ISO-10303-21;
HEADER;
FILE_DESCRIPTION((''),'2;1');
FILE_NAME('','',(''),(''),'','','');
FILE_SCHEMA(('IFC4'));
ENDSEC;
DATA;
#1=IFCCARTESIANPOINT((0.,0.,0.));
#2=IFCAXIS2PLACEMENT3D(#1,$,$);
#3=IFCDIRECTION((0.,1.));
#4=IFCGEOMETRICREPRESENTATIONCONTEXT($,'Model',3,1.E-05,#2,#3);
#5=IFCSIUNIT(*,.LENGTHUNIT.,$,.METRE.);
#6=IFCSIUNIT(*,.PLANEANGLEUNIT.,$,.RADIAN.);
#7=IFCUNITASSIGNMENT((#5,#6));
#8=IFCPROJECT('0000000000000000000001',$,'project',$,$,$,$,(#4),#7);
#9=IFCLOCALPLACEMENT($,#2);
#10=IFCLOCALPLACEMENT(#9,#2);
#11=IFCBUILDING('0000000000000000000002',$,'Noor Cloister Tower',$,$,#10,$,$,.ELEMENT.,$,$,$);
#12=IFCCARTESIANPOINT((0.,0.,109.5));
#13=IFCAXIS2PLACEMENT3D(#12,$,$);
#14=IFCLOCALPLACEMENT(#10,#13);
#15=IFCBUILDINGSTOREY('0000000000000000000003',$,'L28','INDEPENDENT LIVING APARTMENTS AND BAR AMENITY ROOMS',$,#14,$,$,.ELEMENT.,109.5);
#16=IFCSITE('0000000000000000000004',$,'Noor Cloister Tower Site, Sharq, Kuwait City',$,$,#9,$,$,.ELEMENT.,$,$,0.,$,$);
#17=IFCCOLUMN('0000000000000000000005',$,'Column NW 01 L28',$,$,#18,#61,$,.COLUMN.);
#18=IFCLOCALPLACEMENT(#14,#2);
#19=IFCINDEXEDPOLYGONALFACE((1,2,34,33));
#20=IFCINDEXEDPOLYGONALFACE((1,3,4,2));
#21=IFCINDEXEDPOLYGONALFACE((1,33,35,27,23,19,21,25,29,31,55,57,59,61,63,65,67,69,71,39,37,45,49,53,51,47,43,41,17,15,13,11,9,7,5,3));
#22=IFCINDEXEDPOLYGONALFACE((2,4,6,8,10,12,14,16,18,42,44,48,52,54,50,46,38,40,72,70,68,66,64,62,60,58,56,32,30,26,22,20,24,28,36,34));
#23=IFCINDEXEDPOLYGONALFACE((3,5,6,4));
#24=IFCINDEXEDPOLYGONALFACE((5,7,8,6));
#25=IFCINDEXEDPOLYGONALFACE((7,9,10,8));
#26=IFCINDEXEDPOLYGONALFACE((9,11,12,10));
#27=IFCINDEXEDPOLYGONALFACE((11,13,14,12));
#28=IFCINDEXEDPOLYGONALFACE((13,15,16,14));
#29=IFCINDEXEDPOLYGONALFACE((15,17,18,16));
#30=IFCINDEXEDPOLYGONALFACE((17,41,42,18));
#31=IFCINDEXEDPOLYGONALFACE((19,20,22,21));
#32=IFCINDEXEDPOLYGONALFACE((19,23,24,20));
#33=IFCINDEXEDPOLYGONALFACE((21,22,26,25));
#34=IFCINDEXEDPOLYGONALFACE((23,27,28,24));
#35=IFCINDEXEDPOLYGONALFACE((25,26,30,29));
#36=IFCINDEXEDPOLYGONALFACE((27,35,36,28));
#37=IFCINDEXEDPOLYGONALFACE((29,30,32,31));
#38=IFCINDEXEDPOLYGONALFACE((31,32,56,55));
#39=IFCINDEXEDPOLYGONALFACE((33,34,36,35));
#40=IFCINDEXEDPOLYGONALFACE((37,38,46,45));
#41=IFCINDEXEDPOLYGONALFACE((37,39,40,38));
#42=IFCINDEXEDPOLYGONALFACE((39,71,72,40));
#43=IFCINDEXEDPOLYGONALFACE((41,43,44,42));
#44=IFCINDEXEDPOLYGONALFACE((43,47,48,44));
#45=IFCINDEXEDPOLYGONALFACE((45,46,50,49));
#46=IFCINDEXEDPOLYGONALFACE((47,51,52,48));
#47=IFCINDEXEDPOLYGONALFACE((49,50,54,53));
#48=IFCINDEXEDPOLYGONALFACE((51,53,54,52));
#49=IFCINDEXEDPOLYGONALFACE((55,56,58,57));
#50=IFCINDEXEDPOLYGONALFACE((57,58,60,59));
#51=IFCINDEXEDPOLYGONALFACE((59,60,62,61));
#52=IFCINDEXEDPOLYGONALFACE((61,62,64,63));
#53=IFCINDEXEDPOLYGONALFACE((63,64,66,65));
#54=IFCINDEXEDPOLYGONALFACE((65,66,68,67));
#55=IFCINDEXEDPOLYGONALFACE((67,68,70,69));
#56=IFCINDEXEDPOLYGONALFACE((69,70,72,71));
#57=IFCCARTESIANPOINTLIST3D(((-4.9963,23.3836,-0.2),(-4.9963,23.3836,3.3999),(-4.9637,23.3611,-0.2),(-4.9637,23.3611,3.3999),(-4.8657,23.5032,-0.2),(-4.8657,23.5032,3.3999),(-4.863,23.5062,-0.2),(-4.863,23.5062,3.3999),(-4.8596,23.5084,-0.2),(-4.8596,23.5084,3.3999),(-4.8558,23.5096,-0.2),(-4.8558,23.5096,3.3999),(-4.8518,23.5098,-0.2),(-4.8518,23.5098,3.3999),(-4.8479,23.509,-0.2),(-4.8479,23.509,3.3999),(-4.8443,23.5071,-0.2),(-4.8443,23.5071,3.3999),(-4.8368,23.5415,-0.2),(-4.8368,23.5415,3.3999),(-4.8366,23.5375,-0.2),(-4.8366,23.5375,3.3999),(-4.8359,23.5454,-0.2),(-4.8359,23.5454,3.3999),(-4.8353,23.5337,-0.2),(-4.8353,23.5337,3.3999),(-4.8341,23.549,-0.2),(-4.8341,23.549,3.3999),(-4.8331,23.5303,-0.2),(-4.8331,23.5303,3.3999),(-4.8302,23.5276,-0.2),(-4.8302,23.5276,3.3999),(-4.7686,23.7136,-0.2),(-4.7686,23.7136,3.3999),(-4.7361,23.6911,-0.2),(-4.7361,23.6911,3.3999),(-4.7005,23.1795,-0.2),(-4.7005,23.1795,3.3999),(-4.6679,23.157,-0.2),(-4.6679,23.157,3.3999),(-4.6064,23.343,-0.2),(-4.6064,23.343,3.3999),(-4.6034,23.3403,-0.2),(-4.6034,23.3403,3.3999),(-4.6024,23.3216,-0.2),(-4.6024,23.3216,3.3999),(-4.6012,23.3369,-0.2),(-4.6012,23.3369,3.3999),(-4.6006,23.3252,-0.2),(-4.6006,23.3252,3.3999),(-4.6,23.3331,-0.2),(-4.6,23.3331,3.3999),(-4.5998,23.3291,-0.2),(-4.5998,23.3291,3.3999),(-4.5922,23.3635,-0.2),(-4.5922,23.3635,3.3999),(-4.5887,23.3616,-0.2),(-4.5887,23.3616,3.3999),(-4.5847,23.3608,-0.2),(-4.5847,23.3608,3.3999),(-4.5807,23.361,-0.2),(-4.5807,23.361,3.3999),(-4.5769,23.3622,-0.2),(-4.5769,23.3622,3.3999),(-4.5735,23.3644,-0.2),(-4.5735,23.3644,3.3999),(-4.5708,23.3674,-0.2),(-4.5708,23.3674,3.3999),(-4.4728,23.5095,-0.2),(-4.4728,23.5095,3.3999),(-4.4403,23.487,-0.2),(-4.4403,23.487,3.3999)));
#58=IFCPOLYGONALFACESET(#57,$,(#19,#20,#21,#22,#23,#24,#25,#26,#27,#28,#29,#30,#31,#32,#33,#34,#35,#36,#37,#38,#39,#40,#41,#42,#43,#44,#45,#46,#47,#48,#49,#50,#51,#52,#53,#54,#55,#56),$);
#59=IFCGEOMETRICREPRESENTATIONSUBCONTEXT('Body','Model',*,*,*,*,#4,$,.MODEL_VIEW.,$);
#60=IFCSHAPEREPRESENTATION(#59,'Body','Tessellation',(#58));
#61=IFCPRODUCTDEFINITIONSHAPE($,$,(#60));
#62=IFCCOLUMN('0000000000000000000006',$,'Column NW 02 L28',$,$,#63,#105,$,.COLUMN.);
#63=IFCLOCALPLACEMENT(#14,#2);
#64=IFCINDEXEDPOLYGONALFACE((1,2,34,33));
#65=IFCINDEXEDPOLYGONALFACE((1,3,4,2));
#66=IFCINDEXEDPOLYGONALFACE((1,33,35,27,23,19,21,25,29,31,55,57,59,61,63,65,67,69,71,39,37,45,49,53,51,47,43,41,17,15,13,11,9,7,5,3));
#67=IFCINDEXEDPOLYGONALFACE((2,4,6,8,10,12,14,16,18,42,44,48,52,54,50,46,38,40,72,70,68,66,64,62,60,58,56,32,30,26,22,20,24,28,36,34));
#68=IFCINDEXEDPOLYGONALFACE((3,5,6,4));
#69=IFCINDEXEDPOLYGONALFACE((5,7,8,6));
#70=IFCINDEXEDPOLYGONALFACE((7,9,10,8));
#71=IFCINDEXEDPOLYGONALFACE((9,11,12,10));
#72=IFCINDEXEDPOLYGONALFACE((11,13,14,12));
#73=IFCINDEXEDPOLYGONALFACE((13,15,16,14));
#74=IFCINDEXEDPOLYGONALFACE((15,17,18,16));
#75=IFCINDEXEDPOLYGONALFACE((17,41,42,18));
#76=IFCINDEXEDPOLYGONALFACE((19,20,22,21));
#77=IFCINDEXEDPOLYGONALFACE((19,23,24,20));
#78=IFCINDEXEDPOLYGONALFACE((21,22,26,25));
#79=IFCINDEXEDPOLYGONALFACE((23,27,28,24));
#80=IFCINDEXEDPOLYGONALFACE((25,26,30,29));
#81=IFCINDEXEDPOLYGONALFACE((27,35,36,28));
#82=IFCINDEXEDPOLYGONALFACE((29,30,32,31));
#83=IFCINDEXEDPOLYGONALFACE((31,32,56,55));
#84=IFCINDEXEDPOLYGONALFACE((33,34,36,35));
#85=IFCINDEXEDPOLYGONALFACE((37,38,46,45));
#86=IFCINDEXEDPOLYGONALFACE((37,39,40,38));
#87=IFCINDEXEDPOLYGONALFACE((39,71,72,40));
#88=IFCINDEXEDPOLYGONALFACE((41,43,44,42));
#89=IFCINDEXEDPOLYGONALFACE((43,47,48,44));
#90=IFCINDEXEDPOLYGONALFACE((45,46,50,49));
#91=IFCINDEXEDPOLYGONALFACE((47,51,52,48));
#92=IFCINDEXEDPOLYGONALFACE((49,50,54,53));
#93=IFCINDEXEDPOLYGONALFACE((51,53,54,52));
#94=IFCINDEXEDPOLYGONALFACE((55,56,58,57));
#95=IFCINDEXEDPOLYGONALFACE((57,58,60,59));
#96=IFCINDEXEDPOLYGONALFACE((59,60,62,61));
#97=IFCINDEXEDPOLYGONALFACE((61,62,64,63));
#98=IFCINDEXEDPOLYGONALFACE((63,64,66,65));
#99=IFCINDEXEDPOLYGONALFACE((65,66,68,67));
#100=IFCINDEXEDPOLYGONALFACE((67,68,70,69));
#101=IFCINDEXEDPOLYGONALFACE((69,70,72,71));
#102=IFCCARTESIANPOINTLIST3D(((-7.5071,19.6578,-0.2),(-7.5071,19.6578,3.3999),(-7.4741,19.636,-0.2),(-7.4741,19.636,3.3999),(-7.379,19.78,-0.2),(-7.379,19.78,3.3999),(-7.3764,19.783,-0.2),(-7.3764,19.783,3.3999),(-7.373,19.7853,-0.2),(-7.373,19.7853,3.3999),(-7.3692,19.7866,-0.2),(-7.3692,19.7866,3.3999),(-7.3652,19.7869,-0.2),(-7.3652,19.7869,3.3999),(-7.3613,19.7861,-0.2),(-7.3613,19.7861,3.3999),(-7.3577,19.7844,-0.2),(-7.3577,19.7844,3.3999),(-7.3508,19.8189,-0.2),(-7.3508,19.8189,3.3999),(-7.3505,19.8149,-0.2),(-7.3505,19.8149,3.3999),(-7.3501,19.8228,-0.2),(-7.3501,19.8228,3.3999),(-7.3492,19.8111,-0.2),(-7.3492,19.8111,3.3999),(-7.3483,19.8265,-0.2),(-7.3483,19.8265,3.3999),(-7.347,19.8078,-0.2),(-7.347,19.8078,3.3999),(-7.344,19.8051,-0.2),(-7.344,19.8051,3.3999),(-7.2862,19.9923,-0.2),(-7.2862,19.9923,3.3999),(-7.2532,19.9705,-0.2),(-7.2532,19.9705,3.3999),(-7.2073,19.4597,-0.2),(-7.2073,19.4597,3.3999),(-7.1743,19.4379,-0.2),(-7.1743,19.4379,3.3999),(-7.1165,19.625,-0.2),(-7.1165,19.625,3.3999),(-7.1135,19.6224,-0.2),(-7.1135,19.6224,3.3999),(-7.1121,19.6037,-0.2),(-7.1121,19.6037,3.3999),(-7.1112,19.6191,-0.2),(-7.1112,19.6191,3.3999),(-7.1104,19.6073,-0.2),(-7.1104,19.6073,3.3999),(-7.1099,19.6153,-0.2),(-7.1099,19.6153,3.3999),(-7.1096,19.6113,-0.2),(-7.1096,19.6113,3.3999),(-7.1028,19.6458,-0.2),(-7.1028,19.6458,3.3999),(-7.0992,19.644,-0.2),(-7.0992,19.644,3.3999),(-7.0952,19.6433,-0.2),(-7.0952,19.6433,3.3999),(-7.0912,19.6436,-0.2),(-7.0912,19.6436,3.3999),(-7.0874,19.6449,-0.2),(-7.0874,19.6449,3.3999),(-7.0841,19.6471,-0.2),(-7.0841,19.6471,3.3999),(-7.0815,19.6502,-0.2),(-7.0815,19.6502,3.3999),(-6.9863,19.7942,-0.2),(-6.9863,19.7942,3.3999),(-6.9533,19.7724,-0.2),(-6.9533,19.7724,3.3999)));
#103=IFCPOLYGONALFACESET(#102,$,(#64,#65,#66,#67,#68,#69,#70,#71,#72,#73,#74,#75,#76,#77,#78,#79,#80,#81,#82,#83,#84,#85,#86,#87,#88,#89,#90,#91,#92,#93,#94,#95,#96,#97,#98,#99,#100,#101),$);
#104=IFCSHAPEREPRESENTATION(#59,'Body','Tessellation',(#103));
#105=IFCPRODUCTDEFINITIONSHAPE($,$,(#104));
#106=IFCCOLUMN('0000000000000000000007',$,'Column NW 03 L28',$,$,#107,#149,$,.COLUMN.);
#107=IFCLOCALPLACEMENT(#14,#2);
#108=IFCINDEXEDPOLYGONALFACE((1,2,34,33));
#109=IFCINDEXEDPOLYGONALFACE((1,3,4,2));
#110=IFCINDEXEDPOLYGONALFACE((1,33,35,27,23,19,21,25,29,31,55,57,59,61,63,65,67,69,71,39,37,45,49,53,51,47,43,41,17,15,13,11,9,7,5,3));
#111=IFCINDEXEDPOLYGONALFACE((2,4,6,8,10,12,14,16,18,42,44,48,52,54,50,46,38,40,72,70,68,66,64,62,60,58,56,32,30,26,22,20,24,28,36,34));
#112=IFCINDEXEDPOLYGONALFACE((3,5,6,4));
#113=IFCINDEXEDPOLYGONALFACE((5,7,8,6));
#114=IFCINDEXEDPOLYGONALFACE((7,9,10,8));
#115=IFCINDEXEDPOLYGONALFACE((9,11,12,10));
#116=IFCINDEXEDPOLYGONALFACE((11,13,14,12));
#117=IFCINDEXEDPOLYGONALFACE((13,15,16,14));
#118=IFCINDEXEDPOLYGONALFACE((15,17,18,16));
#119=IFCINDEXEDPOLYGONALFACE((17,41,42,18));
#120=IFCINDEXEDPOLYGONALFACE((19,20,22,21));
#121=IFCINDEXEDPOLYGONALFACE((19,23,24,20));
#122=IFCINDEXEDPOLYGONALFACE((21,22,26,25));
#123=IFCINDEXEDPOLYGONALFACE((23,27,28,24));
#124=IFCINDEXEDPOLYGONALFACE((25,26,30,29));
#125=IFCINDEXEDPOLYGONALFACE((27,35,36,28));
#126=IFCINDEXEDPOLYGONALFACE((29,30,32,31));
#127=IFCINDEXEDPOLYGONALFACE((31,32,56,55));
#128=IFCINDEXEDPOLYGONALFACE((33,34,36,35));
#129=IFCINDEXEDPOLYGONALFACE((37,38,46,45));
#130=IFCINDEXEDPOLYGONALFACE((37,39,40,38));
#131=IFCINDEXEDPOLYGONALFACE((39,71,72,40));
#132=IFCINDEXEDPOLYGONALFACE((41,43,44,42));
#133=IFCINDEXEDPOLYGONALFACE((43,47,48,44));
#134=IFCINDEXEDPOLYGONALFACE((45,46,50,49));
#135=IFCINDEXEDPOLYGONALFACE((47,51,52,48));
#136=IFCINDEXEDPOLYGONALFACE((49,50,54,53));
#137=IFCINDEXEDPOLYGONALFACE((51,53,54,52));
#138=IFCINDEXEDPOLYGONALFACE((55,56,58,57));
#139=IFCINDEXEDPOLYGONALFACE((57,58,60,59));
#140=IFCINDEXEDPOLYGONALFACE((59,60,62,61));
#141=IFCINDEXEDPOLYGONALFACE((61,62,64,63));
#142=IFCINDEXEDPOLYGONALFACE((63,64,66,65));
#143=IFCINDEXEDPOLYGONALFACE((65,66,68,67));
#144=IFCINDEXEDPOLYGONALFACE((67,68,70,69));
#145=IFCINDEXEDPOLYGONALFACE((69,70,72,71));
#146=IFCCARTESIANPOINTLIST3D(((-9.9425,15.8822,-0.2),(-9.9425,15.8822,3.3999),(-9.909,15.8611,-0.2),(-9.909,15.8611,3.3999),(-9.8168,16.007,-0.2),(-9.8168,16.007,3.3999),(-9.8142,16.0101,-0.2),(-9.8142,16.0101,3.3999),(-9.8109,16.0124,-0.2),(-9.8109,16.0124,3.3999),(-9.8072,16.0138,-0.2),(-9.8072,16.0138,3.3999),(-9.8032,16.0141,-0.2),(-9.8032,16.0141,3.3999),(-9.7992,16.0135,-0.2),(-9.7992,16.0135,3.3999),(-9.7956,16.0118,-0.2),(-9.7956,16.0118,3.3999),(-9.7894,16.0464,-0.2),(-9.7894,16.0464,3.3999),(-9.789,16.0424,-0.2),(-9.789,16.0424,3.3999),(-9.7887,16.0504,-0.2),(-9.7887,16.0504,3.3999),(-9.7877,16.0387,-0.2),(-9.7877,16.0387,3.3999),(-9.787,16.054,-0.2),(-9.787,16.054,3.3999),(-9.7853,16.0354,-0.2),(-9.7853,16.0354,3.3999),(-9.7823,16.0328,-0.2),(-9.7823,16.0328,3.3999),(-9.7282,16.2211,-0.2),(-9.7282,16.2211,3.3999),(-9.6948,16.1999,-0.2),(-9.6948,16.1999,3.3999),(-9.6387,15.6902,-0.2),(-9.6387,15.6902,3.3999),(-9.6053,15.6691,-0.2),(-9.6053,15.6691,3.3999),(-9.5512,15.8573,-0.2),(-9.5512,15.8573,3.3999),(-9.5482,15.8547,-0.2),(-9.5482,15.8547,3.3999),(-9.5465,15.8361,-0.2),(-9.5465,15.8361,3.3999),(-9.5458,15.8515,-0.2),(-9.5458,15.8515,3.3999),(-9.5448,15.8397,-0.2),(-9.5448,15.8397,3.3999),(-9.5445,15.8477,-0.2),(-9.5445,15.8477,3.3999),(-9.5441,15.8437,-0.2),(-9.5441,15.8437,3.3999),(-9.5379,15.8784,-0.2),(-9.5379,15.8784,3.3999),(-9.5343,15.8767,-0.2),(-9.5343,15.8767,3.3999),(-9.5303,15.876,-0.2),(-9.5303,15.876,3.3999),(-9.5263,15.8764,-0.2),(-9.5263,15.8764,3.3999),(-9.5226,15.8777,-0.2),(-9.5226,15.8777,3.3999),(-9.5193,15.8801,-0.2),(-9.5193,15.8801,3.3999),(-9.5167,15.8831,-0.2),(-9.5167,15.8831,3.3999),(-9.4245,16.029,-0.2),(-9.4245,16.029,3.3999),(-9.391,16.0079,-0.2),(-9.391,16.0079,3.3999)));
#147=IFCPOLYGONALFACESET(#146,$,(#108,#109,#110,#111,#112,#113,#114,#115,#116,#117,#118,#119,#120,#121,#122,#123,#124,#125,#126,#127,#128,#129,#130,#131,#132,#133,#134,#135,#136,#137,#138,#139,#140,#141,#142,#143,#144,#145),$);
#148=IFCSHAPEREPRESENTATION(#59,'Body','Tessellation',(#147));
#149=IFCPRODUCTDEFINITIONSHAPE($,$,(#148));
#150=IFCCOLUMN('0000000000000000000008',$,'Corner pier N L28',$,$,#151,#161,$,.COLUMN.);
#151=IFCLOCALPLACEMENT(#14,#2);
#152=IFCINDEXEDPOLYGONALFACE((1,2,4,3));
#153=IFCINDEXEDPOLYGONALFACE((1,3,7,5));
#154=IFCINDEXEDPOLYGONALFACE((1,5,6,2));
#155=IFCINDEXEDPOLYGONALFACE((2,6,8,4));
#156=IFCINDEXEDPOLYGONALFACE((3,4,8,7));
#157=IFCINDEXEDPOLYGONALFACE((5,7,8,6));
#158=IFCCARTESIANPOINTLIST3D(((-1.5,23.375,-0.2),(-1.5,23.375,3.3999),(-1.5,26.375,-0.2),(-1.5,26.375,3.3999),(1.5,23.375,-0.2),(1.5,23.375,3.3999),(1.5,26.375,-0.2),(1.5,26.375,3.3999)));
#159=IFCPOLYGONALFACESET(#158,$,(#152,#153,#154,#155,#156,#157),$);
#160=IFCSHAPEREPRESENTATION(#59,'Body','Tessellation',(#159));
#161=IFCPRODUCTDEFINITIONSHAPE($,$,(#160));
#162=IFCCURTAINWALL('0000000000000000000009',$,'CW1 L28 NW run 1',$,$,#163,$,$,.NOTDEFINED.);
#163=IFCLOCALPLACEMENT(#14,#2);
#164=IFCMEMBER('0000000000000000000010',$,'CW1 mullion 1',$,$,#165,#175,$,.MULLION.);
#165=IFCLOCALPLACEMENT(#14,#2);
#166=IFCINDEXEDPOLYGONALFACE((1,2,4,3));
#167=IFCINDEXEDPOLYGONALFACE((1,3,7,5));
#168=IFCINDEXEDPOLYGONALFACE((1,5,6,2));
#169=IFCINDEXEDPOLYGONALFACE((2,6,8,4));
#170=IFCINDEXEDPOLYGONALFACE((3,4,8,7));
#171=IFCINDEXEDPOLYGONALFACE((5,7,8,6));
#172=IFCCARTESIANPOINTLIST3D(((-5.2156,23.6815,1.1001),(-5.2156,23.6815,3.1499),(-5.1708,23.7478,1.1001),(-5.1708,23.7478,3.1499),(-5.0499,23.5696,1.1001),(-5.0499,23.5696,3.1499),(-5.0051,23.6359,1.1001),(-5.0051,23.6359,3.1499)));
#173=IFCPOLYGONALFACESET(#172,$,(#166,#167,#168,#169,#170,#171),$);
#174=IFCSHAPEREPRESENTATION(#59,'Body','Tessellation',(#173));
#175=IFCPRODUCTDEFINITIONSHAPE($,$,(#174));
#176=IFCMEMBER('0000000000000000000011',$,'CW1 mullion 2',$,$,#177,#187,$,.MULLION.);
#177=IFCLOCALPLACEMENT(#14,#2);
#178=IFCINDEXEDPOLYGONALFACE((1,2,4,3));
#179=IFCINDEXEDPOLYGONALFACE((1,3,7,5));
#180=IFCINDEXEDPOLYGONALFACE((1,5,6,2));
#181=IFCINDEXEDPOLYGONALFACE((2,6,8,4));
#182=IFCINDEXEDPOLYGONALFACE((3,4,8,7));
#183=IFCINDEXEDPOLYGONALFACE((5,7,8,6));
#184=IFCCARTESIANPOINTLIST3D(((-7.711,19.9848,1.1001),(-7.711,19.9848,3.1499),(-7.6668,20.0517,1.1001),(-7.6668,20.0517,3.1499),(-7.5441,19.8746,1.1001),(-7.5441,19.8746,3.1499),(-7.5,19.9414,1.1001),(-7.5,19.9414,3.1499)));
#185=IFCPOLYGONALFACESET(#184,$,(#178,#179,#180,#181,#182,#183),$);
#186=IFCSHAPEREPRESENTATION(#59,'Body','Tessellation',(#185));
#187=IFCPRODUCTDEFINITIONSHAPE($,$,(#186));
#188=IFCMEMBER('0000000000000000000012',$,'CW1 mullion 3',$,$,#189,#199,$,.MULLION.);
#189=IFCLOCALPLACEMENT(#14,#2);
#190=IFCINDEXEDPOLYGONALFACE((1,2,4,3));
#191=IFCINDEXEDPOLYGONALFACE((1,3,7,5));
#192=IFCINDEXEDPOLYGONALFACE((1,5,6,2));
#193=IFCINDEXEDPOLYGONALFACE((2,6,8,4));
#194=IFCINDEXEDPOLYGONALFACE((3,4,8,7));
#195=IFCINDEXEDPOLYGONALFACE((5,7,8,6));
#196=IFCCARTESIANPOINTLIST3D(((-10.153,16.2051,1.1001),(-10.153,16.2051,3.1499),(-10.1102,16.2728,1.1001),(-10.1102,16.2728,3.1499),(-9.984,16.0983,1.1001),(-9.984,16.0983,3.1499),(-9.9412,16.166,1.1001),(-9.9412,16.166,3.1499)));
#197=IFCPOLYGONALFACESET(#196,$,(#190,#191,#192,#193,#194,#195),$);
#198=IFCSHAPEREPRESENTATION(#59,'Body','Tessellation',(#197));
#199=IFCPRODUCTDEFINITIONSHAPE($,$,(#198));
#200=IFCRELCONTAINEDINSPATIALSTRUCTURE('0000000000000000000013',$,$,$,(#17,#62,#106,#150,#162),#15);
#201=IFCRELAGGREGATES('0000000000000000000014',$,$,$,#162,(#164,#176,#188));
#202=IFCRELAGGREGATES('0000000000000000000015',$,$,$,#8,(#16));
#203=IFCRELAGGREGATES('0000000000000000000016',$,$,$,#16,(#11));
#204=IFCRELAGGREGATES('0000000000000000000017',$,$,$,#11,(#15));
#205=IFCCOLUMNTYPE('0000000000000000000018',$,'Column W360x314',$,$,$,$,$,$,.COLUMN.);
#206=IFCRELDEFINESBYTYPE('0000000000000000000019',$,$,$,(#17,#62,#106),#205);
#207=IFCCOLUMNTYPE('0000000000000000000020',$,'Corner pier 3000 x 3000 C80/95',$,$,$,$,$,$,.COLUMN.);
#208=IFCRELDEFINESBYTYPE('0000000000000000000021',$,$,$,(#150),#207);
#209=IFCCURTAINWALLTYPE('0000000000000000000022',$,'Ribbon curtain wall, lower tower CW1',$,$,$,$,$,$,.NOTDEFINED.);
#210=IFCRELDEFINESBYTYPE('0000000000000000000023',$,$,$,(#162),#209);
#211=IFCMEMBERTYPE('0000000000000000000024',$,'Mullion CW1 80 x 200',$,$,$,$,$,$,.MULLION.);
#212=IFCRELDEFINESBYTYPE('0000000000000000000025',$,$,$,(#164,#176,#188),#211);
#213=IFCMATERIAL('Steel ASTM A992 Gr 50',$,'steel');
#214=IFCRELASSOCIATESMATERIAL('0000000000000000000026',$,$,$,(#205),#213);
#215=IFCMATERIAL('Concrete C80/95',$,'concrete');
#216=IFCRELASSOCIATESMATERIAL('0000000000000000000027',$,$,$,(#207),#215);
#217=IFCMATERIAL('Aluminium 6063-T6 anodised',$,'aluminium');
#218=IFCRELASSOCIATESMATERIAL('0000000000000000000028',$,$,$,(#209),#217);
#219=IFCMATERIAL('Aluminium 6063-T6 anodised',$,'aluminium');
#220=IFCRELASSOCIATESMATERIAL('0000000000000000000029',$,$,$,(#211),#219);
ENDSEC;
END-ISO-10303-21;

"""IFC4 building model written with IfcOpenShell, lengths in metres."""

from ifc_helpers import new_model, si_unit, direction, frame, origin, origin_2d, place, context, subcontext, project, spatial, rectangle, i_section, extrude, material, material_profile, profile_set, type_object, element, aggregate, save


model = new_model("IFC4")

# Units and contexts
model_context = context("Model", 3, precision=1e-05, world=origin(), true_north=direction((0.0, 1.0)))
body_context = subcontext(model_context, "Body", "Model", "MODEL_VIEW")
ifc_project = project(units=[si_unit("LENGTHUNIT", "METRE"), si_unit("PLANEANGLEUNIT", "RADIAN")], contexts=[model_context])

# Site, building, storey
site_placement = place(None, origin())
site = spatial("IfcSite", under=ifc_project, at=site_placement, Name="Noor Cloister Tower Site, Sharq, Kuwait City", CompositionType="ELEMENT", RefElevation=0.0)
building_placement = place(site_placement, origin())
building = spatial("IfcBuilding", under=site, at=building_placement, Name="Noor Cloister Tower", CompositionType="ELEMENT")
storey_placement = place(building_placement, frame((0.0, 0.0, 109.5)))
storey = spatial("IfcBuildingStorey", under=building, at=storey_placement, Name="L28", Description="INDEPENDENT LIVING APARTMENTS AND BAR AMENITY ROOMS", CompositionType="ELEMENT", Elevation=109.5)

# Columns
ifc_material_1 = material(Name="Steel ASTM A992 Gr 50", Category="steel")
ifc_material_profile_1 = material_profile(ifc_material_1, i_section(OverallWidth=0.4009, OverallDepth=0.3989, WebThickness=0.0249, FlangeThickness=0.0396, FilletRadius=0.0154, at=origin_2d()), Name="W360x314")
ifc_profile_set_1 = profile_set([ifc_material_profile_1], Name="Steel ASTM A992 Gr 50")
column_type_1 = type_object("IfcColumnType", Name="Column W360x314", PredefinedType="COLUMN", material=ifc_profile_set_1)
for number, where, z_axis, x_axis, name in (
    (1, (-4.7183, 23.4353, -0.2), (0.0, 0.0, 1.0), (-0.567868, -0.823119, 0.0), "Column NW 01 L28"),
    (2, (-7.2302, 19.7151, -0.2), (0.0, 0.0, 1.0), (-0.551228, -0.834355, 0.0), "Column NW 02 L28"),
    (3, (-9.6667, 15.9451, -0.2), (0.0, 0.0, 1.0), (-0.534365, -0.845254, 0.0), "Column NW 03 L28"),
):
    element("IfcColumn", number, at=place(storey_placement, frame(where, z_axis=z_axis, x_axis=x_axis)), inside=storey, type_object=column_type_1, Name=name, PredefinedType="COLUMN", context=body_context, shape_type="SweptSolid", body=[
        extrude(i_section(OverallWidth=0.4009, OverallDepth=0.3989, WebThickness=0.0249, FlangeThickness=0.0396, FilletRadius=0.0154, at=origin_2d()), origin(), (0.0, 0.0, 1.0), 3.5999),
    ])
ifc_material_2 = material(Name="Concrete C80/95", Category="concrete")
ifc_material_profile_2 = material_profile(ifc_material_2, rectangle(XDim=3.0, YDim=3.0, at=origin_2d()), Name="RC 3000x3000")
ifc_profile_set_2 = profile_set([ifc_material_profile_2], Name="Concrete C80/95")
column_type_2 = type_object("IfcColumnType", Name="Corner pier 3000 x 3000 C80/95", PredefinedType="COLUMN", material=ifc_profile_set_2)
column_placement = place(storey_placement, frame((0.0, 24.875, -0.2), z_axis=(0.0, 0.0, 1.0), x_axis=(0.0, 1.0, 0.0)))
element("IfcColumn", 4, at=column_placement, inside=storey, type_object=column_type_2, Name="Corner pier N L28", PredefinedType="COLUMN", context=body_context, shape_type="SweptSolid", body=[
    extrude(rectangle(XDim=3.0, YDim=3.0, at=origin_2d()), origin(), (0.0, 0.0, 1.0), 3.5999),
])

# Curtain wall, members
ifc_material_3 = material(Name="Aluminium 6063-T6 anodised", Category="aluminium")
curtain_wall_type = type_object("IfcCurtainWallType", Name="Ribbon curtain wall, lower tower CW1", PredefinedType="NOTDEFINED", material=ifc_material_3)
curtain_wall_placement = place(storey_placement, origin())
curtain_wall = element("IfcCurtainWall", 5, at=curtain_wall_placement, inside=storey, type_object=curtain_wall_type, Name="CW1 L28 NW run 1", PredefinedType="NOTDEFINED")
ifc_material_4 = material(Name="Aluminium 6063-T6 anodised", Category="aluminium")
ifc_material_profile_3 = material_profile(ifc_material_4, rectangle(XDim=0.2, YDim=0.0801, at=origin_2d()), Name="200 x 80 mullion")
ifc_profile_set_3 = profile_set([ifc_material_profile_3], Name="Aluminium 6063-T6 anodised")
member_type = type_object("IfcMemberType", Name="Mullion CW1 80 x 200", PredefinedType="MULLION", material=ifc_profile_set_3)
member_1_placement = place(storey_placement, frame((-5.1104, 23.6587, 1.1001), z_axis=(0.0, 0.0, 1.0), x_axis=(0.828779, -0.559576, 0.0)))
member_1 = element("IfcMember", 6, at=member_1_placement, type_object=member_type, Name="CW1 mullion 1", PredefinedType="MULLION", context=body_context, shape_type="SweptSolid", body=[
    extrude(rectangle(XDim=0.2, YDim=0.0801, at=origin_2d()), origin(), (0.0, 0.0, 1.0), 2.0498),
])
member_2_placement = place(storey_placement, frame((-7.6055, 19.9631, 1.1001), z_axis=(0.0, 0.0, 1.0), x_axis=(0.834355, -0.551228, 0.0)))
member_2 = element("IfcMember", 7, at=member_2_placement, type_object=member_type, Name="CW1 mullion 2", PredefinedType="MULLION", context=body_context, shape_type="SweptSolid", body=[
    extrude(rectangle(XDim=0.2, YDim=0.0801, at=origin_2d()), origin(), (0.0, 0.0, 1.0), 2.0498),
])
member_3_placement = place(storey_placement, frame((-10.0471, 16.1855, 1.1001), z_axis=(0.0, 0.0, 1.0), x_axis=(0.845254, -0.534365, 0.0)))
member_3 = element("IfcMember", 8, at=member_3_placement, type_object=member_type, Name="CW1 mullion 3", PredefinedType="MULLION", context=body_context, shape_type="SweptSolid", body=[
    extrude(rectangle(XDim=0.2, YDim=0.0801, at=origin_2d()), origin(), (0.0, 0.0, 1.0), 2.0498),
])

aggregate(curtain_wall, [member_1, member_2, member_3])

save(model, "model.ifc")
